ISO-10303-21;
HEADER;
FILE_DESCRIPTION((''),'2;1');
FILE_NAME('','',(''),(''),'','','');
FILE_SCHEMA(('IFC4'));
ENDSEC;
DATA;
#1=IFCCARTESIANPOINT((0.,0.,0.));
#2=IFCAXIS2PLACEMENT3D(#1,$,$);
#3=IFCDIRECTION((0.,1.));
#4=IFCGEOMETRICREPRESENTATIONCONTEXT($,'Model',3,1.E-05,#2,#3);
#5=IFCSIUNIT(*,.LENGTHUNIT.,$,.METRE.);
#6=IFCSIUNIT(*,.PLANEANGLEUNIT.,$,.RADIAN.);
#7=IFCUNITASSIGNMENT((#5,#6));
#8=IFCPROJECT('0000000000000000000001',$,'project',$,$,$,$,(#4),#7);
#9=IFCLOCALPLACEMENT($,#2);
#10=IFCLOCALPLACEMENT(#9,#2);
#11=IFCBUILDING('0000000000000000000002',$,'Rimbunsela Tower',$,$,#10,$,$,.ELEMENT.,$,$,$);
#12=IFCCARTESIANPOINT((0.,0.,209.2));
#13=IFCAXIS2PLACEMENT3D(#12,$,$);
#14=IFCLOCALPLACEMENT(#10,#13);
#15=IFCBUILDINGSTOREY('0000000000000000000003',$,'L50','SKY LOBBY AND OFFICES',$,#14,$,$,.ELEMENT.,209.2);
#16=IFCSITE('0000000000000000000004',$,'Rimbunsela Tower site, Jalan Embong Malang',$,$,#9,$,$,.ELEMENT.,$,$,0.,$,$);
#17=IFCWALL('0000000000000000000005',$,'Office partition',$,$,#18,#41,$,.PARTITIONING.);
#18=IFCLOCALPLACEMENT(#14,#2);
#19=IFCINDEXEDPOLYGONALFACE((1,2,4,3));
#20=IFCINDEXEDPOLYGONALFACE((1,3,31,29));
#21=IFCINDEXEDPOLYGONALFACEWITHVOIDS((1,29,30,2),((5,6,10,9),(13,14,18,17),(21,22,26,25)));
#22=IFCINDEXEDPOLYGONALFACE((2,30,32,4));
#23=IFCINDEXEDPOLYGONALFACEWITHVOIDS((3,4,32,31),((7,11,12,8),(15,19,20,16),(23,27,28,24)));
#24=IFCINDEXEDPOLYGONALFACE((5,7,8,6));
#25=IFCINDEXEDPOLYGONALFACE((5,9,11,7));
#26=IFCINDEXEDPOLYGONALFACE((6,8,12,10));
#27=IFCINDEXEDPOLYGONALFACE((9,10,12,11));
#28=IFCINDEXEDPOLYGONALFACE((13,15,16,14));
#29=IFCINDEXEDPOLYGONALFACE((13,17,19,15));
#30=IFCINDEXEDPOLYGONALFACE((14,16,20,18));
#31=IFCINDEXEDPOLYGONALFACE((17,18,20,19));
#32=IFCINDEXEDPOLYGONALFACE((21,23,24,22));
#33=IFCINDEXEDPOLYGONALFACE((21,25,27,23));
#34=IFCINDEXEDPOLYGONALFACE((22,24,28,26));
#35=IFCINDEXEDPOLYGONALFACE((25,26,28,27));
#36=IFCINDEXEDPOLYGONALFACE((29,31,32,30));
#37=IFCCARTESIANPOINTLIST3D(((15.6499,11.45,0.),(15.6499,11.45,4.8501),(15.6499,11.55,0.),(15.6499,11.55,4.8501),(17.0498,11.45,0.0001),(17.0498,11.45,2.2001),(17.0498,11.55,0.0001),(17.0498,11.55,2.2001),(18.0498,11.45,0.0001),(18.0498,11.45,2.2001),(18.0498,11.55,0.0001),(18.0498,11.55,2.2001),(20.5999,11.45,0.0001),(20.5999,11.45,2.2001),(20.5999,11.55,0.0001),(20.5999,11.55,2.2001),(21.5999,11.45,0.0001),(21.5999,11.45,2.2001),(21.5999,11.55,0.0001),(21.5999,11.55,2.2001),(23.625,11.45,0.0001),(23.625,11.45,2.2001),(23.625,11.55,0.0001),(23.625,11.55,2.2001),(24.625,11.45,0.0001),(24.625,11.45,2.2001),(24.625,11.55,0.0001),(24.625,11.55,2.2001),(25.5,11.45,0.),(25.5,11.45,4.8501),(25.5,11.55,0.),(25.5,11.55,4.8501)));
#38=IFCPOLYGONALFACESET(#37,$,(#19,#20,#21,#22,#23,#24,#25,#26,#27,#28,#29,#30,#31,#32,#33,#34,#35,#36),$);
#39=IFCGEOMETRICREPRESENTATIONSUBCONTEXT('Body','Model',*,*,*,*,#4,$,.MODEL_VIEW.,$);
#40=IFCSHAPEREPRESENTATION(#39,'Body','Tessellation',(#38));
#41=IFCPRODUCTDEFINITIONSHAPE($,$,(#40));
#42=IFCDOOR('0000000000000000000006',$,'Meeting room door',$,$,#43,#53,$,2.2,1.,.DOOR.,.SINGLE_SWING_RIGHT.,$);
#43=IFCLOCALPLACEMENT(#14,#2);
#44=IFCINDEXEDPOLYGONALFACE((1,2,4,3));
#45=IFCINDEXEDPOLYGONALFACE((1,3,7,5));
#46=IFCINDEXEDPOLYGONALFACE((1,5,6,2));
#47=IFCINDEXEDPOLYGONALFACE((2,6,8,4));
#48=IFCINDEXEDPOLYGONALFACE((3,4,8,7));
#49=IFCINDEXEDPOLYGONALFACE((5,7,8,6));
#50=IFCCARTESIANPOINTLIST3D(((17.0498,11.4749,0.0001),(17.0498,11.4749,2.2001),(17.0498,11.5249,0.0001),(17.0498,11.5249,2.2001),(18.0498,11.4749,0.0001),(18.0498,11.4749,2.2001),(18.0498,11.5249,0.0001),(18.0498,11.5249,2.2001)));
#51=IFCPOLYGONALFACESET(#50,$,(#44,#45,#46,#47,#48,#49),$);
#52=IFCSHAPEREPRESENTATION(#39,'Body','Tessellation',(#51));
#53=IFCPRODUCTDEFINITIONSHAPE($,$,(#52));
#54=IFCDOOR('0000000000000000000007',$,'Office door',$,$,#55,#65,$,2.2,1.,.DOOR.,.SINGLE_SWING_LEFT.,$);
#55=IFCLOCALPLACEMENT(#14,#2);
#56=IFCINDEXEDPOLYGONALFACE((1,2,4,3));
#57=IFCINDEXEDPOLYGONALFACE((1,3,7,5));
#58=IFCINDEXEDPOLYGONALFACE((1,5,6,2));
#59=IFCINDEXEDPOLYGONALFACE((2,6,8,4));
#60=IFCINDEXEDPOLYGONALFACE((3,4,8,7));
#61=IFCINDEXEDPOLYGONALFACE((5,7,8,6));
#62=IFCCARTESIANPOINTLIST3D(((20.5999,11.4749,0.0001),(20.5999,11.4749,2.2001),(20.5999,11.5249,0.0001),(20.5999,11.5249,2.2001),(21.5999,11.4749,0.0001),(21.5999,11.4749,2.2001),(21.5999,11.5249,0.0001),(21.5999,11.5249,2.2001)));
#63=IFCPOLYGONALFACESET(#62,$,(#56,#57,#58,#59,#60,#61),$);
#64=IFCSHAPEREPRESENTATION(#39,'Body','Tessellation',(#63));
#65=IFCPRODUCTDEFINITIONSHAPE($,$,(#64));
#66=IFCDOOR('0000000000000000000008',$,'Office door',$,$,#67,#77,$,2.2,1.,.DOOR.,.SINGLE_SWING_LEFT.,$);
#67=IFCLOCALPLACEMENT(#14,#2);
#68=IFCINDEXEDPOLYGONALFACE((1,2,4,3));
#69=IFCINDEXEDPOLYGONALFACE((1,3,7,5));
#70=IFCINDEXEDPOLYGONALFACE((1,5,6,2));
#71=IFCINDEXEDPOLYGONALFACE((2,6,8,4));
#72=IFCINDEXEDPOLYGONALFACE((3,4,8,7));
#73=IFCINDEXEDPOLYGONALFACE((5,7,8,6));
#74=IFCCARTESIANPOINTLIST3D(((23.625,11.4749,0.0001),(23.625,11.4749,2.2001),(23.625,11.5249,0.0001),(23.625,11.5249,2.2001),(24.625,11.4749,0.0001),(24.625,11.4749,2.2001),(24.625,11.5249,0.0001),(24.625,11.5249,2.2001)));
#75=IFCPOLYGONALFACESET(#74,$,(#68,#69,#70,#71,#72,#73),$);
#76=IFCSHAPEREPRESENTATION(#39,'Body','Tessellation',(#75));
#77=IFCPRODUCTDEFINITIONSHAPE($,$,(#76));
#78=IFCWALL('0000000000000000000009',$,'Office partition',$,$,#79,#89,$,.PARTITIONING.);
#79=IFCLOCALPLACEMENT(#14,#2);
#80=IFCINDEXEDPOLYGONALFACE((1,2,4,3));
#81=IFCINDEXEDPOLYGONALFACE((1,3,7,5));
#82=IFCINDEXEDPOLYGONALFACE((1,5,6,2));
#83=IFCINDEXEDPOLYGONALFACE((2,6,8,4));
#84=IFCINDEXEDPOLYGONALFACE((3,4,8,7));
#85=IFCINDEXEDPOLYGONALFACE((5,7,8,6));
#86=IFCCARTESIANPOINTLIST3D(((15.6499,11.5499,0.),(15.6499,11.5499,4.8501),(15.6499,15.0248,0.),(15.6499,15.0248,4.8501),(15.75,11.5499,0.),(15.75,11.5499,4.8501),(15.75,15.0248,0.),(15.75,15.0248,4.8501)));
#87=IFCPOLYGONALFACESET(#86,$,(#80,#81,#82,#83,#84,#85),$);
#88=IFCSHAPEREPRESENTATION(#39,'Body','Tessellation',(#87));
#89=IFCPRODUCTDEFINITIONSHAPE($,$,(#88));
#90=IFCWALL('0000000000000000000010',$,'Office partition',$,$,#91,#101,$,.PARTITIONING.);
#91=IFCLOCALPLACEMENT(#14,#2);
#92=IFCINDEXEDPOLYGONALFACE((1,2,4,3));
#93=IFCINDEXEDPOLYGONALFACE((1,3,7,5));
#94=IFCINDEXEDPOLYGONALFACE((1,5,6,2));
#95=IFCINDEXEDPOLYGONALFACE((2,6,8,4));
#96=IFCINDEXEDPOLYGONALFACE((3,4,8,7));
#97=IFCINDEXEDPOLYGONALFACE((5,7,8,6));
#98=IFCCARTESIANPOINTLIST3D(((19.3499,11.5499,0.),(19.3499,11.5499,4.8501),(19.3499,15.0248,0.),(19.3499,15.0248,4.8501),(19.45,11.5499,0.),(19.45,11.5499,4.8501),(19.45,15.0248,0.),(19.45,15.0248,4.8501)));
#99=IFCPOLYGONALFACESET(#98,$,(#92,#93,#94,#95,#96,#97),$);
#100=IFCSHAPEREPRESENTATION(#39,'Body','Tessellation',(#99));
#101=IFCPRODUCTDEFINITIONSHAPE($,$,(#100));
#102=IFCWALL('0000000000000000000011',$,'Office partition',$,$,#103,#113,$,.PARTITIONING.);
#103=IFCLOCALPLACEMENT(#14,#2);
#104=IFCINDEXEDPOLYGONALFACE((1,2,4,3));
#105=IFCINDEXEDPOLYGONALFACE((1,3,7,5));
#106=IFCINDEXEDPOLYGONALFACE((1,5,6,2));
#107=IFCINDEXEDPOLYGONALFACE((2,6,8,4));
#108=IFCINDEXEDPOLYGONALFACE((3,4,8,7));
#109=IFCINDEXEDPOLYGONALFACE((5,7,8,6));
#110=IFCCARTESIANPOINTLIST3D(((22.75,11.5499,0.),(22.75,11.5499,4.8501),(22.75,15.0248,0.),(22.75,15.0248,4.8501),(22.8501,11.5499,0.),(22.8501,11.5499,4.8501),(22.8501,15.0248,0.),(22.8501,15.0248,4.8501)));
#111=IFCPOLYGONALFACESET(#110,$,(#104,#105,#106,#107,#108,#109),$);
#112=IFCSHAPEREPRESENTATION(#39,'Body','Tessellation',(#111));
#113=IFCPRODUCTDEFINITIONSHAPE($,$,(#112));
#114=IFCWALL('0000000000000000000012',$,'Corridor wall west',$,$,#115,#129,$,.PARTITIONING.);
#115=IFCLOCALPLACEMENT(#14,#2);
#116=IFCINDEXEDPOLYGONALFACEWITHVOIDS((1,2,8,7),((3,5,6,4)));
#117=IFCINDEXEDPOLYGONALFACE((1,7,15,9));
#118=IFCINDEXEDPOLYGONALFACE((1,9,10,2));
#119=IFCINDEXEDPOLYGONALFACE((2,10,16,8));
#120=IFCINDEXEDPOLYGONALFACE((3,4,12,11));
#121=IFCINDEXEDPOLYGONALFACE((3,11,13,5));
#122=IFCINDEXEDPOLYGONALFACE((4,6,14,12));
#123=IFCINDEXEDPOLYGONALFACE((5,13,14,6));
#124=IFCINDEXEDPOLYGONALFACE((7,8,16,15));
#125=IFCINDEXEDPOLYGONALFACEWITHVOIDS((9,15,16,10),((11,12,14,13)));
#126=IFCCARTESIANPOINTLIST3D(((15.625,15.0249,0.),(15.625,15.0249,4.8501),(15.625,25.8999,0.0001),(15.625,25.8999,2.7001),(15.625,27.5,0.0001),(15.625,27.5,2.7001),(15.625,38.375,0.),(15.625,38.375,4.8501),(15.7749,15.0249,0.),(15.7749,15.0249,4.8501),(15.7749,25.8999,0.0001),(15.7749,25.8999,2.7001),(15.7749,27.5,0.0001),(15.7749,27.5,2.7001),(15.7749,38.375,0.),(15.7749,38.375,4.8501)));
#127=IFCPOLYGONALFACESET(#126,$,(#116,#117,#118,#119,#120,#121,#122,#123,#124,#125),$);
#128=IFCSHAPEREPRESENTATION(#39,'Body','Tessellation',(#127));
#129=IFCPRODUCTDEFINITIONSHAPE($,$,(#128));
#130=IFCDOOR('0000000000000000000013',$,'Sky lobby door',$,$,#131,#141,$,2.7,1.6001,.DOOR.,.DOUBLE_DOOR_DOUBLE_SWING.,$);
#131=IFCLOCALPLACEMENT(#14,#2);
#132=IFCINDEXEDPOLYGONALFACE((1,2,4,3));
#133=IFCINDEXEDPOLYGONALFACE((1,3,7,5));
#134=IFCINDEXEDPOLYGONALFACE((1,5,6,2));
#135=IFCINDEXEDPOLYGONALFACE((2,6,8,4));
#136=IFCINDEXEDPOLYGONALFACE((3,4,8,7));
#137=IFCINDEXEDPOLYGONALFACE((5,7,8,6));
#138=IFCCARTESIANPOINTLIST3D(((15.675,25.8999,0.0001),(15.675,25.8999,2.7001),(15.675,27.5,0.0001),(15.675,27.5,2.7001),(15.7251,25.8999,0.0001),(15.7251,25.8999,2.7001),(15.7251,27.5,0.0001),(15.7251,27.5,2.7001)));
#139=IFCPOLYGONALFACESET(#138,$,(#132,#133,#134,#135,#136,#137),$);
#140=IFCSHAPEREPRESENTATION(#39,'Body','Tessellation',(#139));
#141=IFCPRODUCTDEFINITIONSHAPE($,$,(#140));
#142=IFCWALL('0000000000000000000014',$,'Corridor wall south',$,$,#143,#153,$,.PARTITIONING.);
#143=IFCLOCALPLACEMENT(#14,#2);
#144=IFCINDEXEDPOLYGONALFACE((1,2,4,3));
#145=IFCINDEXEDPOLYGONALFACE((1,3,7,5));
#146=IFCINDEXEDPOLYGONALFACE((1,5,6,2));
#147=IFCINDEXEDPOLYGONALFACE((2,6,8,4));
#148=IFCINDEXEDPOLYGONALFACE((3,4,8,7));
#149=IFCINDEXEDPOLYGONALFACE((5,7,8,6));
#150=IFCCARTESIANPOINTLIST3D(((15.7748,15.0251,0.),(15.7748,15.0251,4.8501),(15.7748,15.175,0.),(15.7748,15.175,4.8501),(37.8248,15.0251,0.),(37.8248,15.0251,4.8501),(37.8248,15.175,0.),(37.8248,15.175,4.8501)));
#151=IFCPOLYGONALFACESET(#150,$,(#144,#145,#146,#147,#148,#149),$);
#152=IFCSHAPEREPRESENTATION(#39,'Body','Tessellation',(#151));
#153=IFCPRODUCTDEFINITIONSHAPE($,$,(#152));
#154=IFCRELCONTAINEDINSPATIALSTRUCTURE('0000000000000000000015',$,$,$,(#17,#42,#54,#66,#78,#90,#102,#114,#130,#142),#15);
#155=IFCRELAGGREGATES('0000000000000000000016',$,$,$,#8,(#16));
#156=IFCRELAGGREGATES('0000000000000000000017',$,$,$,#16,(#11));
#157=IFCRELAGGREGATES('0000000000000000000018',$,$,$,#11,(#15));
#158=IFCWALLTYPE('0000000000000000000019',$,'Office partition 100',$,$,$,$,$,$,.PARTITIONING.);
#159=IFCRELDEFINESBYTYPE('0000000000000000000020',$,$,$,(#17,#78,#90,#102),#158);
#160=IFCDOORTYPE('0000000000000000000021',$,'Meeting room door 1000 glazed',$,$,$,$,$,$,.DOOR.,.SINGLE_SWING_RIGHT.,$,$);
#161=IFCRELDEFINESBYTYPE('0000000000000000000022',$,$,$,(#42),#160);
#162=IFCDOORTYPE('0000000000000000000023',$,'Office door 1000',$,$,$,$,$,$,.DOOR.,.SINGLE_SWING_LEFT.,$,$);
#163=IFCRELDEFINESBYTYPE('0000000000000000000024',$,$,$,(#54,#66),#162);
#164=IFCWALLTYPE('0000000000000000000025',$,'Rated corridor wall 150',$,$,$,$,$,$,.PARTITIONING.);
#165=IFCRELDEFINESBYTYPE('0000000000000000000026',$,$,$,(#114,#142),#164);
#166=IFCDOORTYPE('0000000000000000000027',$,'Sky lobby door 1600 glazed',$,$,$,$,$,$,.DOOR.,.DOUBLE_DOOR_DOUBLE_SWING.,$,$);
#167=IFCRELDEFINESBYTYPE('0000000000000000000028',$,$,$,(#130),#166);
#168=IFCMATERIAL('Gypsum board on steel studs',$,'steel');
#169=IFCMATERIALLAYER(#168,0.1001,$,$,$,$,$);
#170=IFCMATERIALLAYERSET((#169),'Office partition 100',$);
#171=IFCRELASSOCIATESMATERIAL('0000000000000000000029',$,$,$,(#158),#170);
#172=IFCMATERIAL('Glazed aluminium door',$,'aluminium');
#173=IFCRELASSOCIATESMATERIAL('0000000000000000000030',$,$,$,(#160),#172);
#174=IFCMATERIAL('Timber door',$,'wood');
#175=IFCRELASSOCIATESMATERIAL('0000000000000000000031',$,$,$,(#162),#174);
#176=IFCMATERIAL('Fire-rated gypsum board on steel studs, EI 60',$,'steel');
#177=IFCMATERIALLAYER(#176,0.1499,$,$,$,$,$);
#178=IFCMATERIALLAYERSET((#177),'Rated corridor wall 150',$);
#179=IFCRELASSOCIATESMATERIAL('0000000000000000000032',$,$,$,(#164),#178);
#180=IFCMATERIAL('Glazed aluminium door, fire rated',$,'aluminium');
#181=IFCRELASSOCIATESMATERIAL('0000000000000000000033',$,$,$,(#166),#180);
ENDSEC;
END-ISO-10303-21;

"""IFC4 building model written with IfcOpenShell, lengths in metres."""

from ifc_helpers import new_model, si_unit, direction, frame, frame_2d, origin, place, context, subcontext, project, spatial, rectangle, extrude, material, layer, layer_set, type_object, element, fill, save


model = new_model("IFC4")

# Units and contexts
model_context = context("Model", 3, precision=1e-05, world=origin(), true_north=direction((0.0, 1.0)))
body_context = subcontext(model_context, "Body", "Model", "MODEL_VIEW")
ifc_project = project(units=[si_unit("LENGTHUNIT", "METRE"), si_unit("PLANEANGLEUNIT", "RADIAN")], contexts=[model_context])

# Site, building, storey
site_placement = place(None, origin())
site = spatial("IfcSite", under=ifc_project, at=site_placement, Name="Rimbunsela Tower site, Jalan Embong Malang", CompositionType="ELEMENT", RefElevation=0.0)
building_placement = place(site_placement, origin())
building = spatial("IfcBuilding", under=site, at=building_placement, Name="Rimbunsela Tower", CompositionType="ELEMENT")
storey_placement = place(building_placement, frame((0.0, 0.0, 209.2)))
storey = spatial("IfcBuildingStorey", under=building, at=storey_placement, Name="L50", Description="SKY LOBBY AND OFFICES", CompositionType="ELEMENT", Elevation=209.2)

# Wall, openings, doors
ifc_material_1 = material(Name="Gypsum board on steel studs", Category="steel")
ifc_layer_1 = layer(ifc_material_1, 0.1001)
ifc_layer_set_1 = layer_set([ifc_layer_1], Name="Office partition 100")
wall_type_1 = type_object("IfcWallType", Name="Office partition 100", PredefinedType="PARTITIONING", material=ifc_layer_set_1)
wall_1_placement = place(storey_placement, frame((15.6499, 11.5, 0.0), z_axis=(0.0, 0.0, 1.0), x_axis=(1.0, 0.0, 0.0)))
wall_1 = element("IfcWall", 1, at=wall_1_placement, inside=storey, type_object=wall_type_1, Name="Office partition", PredefinedType="PARTITIONING", context=body_context, shape_type="SweptSolid", body=[
    extrude(rectangle(XDim=9.8501, YDim=0.1001, at=frame_2d((4.925, 0.0))), origin(), (0.0, 0.0, 1.0), 4.8501),
])
opening_1_placement = place(wall_1_placement, frame((1.3999, 0.0, 0.0)))
opening_1 = element("IfcOpeningElement", 2, at=opening_1_placement, cuts=wall_1, PredefinedType="OPENING", context=body_context, shape_type="SweptSolid", body=[
    extrude(rectangle(XDim=1.0, YDim=2.2, at=frame_2d((0.5, 1.1001))), frame((0.0, 0.0601, 0.0), z_axis=(0.0, -1.0, 0.0), x_axis=(1.0, 0.0, 0.0)), (0.0, 0.0, 1.0), 0.1201),
])
opening_2_placement = place(wall_1_placement, frame((4.95, 0.0, 0.0)))
opening_2 = element("IfcOpeningElement", 3, at=opening_2_placement, cuts=wall_1, PredefinedType="OPENING", context=body_context, shape_type="SweptSolid", body=[
    extrude(rectangle(XDim=1.0, YDim=2.2, at=frame_2d((0.5, 1.1001))), frame((0.0, 0.0601, 0.0), z_axis=(0.0, -1.0, 0.0), x_axis=(1.0, 0.0, 0.0)), (0.0, 0.0, 1.0), 0.1201),
])
opening_3_placement = place(wall_1_placement, frame((7.9751, 0.0, 0.0)))
opening_3 = element("IfcOpeningElement", 4, at=opening_3_placement, cuts=wall_1, PredefinedType="OPENING", context=body_context, shape_type="SweptSolid", body=[
    extrude(rectangle(XDim=1.0, YDim=2.2, at=frame_2d((0.5, 1.1001))), frame((0.0, 0.0601, 0.0), z_axis=(0.0, -1.0, 0.0), x_axis=(1.0, 0.0, 0.0)), (0.0, 0.0, 1.0), 0.1201),
])
ifc_material_2 = material(Name="Glazed aluminium door", Category="aluminium")
door_type_1 = type_object("IfcDoorType", Name="Meeting room door 1000 glazed", OperationType="SINGLE_SWING_RIGHT", PredefinedType="DOOR", material=ifc_material_2)
door_1_placement = place(opening_1_placement, origin())
door_1 = element("IfcDoor", 5, at=door_1_placement, inside=storey, type_object=door_type_1, Name="Meeting room door", OperationType="SINGLE_SWING_RIGHT", OverallHeight=2.2, OverallWidth=1.0, PredefinedType="DOOR", context=body_context, shape_type="SweptSolid", body=[
    extrude(rectangle(XDim=1.0, YDim=2.2, at=frame_2d((0.5, 1.1001))), frame((0.0, 0.0249, 0.0), z_axis=(0.0, -1.0, 0.0), x_axis=(1.0, 0.0, 0.0)), (0.0, 0.0, 1.0), 0.05),
])
fill(opening_1, door_1)
ifc_material_3 = material(Name="Timber door", Category="wood")
door_type_2 = type_object("IfcDoorType", Name="Office door 1000", OperationType="SINGLE_SWING_LEFT", PredefinedType="DOOR", material=ifc_material_3)
door_2_placement = place(opening_2_placement, origin())
door_2 = element("IfcDoor", 6, at=door_2_placement, inside=storey, type_object=door_type_2, Name="Office door", OperationType="SINGLE_SWING_LEFT", OverallHeight=2.2, OverallWidth=1.0, PredefinedType="DOOR", context=body_context, shape_type="SweptSolid", body=[
    extrude(rectangle(XDim=1.0, YDim=2.2, at=frame_2d((0.5, 1.1001))), frame((0.0, 0.0249, 0.0), z_axis=(0.0, -1.0, 0.0), x_axis=(1.0, 0.0, 0.0)), (0.0, 0.0, 1.0), 0.05),
])
fill(opening_2, door_2)
door_3_placement = place(opening_3_placement, origin())
door_3 = element("IfcDoor", 7, at=door_3_placement, inside=storey, type_object=door_type_2, Name="Office door", OperationType="SINGLE_SWING_LEFT", OverallHeight=2.2, OverallWidth=1.0, PredefinedType="DOOR", context=body_context, shape_type="SweptSolid", body=[
    extrude(rectangle(XDim=1.0, YDim=2.2, at=frame_2d((0.5, 1.1001))), frame((0.0, 0.0249, 0.0), z_axis=(0.0, -1.0, 0.0), x_axis=(1.0, 0.0, 0.0)), (0.0, 0.0, 1.0), 0.05),
])
fill(opening_3, door_3)

# Walls
for number, where, z_axis, x_axis, name in (
    (8, (15.7, 11.55, 0.0), (0.0, 0.0, 1.0), (0.0, 1.0, 0.0), "Office partition"),
    (9, (19.3999, 11.55, 0.0), (0.0, 0.0, 1.0), (0.0, 1.0, 0.0), "Office partition"),
    (10, (22.8, 11.55, 0.0), (0.0, 0.0, 1.0), (0.0, 1.0, 0.0), "Office partition"),
):
    element("IfcWall", number, at=place(storey_placement, frame(where, z_axis=z_axis, x_axis=x_axis)), inside=storey, type_object=wall_type_1, Name=name, PredefinedType="PARTITIONING", context=body_context, shape_type="SweptSolid", body=[
        extrude(rectangle(XDim=3.4749, YDim=0.1001, at=frame_2d((1.7373, 0.0))), origin(), (0.0, 0.0, 1.0), 4.8501),
    ])

# Wall, opening, door
ifc_material_4 = material(Name="Fire-rated gypsum board on steel studs, EI 60", Category="steel")
ifc_layer_2 = layer(ifc_material_4, 0.1499)
ifc_layer_set_2 = layer_set([ifc_layer_2], Name="Rated corridor wall 150")
wall_type_2 = type_object("IfcWallType", Name="Rated corridor wall 150", PredefinedType="PARTITIONING", material=ifc_layer_set_2)
wall_2_placement = place(storey_placement, frame((15.7, 15.0249, 0.0), z_axis=(0.0, 0.0, 1.0), x_axis=(0.0, 1.0, 0.0)))
wall_2 = element("IfcWall", 11, at=wall_2_placement, inside=storey, type_object=wall_type_2, Name="Corridor wall west", PredefinedType="PARTITIONING", context=body_context, shape_type="SweptSolid", body=[
    extrude(rectangle(XDim=23.3501, YDim=0.1499, at=frame_2d((11.675, 0.0))), origin(), (0.0, 0.0, 1.0), 4.8501),
])
opening_4_placement = place(wall_2_placement, frame((10.875, 0.0, 0.0)))
opening_4 = element("IfcOpeningElement", 12, at=opening_4_placement, cuts=wall_2, PredefinedType="OPENING", context=body_context, shape_type="SweptSolid", body=[
    extrude(rectangle(XDim=1.6001, YDim=2.7, at=frame_2d((0.8, 1.3501))), frame((0.0, 0.085, 0.0), z_axis=(0.0, -1.0, 0.0), x_axis=(1.0, 0.0, 0.0)), (0.0, 0.0, 1.0), 0.1699),
])
ifc_material_5 = material(Name="Glazed aluminium door, fire rated", Category="aluminium")
door_type_3 = type_object("IfcDoorType", Name="Sky lobby door 1600 glazed", OperationType="DOUBLE_DOOR_DOUBLE_SWING", PredefinedType="DOOR", material=ifc_material_5)
door_4_placement = place(opening_4_placement, origin())
door_4 = element("IfcDoor", 13, at=door_4_placement, inside=storey, type_object=door_type_3, Name="Sky lobby door", OperationType="DOUBLE_DOOR_DOUBLE_SWING", OverallHeight=2.7, OverallWidth=1.6001, PredefinedType="DOOR", context=body_context, shape_type="SweptSolid", body=[
    extrude(rectangle(XDim=1.6001, YDim=2.7, at=frame_2d((0.8, 1.3501))), frame((0.0, 0.0249, 0.0), z_axis=(0.0, -1.0, 0.0), x_axis=(1.0, 0.0, 0.0)), (0.0, 0.0, 1.0), 0.05),
])
fill(opening_4, door_4)

# Wall
wall_3_placement = place(storey_placement, frame((15.7749, 15.1001, 0.0), z_axis=(0.0, 0.0, 1.0), x_axis=(1.0, 0.0, 0.0)))
element("IfcWall", 14, at=wall_3_placement, inside=storey, type_object=wall_type_2, Name="Corridor wall south", PredefinedType="PARTITIONING", context=body_context, shape_type="SweptSolid", body=[
    extrude(rectangle(XDim=22.05, YDim=0.1499, at=frame_2d((11.0249, 0.0))), origin(), (0.0, 0.0, 1.0), 4.8501),
])

save(model, "model.ifc")
